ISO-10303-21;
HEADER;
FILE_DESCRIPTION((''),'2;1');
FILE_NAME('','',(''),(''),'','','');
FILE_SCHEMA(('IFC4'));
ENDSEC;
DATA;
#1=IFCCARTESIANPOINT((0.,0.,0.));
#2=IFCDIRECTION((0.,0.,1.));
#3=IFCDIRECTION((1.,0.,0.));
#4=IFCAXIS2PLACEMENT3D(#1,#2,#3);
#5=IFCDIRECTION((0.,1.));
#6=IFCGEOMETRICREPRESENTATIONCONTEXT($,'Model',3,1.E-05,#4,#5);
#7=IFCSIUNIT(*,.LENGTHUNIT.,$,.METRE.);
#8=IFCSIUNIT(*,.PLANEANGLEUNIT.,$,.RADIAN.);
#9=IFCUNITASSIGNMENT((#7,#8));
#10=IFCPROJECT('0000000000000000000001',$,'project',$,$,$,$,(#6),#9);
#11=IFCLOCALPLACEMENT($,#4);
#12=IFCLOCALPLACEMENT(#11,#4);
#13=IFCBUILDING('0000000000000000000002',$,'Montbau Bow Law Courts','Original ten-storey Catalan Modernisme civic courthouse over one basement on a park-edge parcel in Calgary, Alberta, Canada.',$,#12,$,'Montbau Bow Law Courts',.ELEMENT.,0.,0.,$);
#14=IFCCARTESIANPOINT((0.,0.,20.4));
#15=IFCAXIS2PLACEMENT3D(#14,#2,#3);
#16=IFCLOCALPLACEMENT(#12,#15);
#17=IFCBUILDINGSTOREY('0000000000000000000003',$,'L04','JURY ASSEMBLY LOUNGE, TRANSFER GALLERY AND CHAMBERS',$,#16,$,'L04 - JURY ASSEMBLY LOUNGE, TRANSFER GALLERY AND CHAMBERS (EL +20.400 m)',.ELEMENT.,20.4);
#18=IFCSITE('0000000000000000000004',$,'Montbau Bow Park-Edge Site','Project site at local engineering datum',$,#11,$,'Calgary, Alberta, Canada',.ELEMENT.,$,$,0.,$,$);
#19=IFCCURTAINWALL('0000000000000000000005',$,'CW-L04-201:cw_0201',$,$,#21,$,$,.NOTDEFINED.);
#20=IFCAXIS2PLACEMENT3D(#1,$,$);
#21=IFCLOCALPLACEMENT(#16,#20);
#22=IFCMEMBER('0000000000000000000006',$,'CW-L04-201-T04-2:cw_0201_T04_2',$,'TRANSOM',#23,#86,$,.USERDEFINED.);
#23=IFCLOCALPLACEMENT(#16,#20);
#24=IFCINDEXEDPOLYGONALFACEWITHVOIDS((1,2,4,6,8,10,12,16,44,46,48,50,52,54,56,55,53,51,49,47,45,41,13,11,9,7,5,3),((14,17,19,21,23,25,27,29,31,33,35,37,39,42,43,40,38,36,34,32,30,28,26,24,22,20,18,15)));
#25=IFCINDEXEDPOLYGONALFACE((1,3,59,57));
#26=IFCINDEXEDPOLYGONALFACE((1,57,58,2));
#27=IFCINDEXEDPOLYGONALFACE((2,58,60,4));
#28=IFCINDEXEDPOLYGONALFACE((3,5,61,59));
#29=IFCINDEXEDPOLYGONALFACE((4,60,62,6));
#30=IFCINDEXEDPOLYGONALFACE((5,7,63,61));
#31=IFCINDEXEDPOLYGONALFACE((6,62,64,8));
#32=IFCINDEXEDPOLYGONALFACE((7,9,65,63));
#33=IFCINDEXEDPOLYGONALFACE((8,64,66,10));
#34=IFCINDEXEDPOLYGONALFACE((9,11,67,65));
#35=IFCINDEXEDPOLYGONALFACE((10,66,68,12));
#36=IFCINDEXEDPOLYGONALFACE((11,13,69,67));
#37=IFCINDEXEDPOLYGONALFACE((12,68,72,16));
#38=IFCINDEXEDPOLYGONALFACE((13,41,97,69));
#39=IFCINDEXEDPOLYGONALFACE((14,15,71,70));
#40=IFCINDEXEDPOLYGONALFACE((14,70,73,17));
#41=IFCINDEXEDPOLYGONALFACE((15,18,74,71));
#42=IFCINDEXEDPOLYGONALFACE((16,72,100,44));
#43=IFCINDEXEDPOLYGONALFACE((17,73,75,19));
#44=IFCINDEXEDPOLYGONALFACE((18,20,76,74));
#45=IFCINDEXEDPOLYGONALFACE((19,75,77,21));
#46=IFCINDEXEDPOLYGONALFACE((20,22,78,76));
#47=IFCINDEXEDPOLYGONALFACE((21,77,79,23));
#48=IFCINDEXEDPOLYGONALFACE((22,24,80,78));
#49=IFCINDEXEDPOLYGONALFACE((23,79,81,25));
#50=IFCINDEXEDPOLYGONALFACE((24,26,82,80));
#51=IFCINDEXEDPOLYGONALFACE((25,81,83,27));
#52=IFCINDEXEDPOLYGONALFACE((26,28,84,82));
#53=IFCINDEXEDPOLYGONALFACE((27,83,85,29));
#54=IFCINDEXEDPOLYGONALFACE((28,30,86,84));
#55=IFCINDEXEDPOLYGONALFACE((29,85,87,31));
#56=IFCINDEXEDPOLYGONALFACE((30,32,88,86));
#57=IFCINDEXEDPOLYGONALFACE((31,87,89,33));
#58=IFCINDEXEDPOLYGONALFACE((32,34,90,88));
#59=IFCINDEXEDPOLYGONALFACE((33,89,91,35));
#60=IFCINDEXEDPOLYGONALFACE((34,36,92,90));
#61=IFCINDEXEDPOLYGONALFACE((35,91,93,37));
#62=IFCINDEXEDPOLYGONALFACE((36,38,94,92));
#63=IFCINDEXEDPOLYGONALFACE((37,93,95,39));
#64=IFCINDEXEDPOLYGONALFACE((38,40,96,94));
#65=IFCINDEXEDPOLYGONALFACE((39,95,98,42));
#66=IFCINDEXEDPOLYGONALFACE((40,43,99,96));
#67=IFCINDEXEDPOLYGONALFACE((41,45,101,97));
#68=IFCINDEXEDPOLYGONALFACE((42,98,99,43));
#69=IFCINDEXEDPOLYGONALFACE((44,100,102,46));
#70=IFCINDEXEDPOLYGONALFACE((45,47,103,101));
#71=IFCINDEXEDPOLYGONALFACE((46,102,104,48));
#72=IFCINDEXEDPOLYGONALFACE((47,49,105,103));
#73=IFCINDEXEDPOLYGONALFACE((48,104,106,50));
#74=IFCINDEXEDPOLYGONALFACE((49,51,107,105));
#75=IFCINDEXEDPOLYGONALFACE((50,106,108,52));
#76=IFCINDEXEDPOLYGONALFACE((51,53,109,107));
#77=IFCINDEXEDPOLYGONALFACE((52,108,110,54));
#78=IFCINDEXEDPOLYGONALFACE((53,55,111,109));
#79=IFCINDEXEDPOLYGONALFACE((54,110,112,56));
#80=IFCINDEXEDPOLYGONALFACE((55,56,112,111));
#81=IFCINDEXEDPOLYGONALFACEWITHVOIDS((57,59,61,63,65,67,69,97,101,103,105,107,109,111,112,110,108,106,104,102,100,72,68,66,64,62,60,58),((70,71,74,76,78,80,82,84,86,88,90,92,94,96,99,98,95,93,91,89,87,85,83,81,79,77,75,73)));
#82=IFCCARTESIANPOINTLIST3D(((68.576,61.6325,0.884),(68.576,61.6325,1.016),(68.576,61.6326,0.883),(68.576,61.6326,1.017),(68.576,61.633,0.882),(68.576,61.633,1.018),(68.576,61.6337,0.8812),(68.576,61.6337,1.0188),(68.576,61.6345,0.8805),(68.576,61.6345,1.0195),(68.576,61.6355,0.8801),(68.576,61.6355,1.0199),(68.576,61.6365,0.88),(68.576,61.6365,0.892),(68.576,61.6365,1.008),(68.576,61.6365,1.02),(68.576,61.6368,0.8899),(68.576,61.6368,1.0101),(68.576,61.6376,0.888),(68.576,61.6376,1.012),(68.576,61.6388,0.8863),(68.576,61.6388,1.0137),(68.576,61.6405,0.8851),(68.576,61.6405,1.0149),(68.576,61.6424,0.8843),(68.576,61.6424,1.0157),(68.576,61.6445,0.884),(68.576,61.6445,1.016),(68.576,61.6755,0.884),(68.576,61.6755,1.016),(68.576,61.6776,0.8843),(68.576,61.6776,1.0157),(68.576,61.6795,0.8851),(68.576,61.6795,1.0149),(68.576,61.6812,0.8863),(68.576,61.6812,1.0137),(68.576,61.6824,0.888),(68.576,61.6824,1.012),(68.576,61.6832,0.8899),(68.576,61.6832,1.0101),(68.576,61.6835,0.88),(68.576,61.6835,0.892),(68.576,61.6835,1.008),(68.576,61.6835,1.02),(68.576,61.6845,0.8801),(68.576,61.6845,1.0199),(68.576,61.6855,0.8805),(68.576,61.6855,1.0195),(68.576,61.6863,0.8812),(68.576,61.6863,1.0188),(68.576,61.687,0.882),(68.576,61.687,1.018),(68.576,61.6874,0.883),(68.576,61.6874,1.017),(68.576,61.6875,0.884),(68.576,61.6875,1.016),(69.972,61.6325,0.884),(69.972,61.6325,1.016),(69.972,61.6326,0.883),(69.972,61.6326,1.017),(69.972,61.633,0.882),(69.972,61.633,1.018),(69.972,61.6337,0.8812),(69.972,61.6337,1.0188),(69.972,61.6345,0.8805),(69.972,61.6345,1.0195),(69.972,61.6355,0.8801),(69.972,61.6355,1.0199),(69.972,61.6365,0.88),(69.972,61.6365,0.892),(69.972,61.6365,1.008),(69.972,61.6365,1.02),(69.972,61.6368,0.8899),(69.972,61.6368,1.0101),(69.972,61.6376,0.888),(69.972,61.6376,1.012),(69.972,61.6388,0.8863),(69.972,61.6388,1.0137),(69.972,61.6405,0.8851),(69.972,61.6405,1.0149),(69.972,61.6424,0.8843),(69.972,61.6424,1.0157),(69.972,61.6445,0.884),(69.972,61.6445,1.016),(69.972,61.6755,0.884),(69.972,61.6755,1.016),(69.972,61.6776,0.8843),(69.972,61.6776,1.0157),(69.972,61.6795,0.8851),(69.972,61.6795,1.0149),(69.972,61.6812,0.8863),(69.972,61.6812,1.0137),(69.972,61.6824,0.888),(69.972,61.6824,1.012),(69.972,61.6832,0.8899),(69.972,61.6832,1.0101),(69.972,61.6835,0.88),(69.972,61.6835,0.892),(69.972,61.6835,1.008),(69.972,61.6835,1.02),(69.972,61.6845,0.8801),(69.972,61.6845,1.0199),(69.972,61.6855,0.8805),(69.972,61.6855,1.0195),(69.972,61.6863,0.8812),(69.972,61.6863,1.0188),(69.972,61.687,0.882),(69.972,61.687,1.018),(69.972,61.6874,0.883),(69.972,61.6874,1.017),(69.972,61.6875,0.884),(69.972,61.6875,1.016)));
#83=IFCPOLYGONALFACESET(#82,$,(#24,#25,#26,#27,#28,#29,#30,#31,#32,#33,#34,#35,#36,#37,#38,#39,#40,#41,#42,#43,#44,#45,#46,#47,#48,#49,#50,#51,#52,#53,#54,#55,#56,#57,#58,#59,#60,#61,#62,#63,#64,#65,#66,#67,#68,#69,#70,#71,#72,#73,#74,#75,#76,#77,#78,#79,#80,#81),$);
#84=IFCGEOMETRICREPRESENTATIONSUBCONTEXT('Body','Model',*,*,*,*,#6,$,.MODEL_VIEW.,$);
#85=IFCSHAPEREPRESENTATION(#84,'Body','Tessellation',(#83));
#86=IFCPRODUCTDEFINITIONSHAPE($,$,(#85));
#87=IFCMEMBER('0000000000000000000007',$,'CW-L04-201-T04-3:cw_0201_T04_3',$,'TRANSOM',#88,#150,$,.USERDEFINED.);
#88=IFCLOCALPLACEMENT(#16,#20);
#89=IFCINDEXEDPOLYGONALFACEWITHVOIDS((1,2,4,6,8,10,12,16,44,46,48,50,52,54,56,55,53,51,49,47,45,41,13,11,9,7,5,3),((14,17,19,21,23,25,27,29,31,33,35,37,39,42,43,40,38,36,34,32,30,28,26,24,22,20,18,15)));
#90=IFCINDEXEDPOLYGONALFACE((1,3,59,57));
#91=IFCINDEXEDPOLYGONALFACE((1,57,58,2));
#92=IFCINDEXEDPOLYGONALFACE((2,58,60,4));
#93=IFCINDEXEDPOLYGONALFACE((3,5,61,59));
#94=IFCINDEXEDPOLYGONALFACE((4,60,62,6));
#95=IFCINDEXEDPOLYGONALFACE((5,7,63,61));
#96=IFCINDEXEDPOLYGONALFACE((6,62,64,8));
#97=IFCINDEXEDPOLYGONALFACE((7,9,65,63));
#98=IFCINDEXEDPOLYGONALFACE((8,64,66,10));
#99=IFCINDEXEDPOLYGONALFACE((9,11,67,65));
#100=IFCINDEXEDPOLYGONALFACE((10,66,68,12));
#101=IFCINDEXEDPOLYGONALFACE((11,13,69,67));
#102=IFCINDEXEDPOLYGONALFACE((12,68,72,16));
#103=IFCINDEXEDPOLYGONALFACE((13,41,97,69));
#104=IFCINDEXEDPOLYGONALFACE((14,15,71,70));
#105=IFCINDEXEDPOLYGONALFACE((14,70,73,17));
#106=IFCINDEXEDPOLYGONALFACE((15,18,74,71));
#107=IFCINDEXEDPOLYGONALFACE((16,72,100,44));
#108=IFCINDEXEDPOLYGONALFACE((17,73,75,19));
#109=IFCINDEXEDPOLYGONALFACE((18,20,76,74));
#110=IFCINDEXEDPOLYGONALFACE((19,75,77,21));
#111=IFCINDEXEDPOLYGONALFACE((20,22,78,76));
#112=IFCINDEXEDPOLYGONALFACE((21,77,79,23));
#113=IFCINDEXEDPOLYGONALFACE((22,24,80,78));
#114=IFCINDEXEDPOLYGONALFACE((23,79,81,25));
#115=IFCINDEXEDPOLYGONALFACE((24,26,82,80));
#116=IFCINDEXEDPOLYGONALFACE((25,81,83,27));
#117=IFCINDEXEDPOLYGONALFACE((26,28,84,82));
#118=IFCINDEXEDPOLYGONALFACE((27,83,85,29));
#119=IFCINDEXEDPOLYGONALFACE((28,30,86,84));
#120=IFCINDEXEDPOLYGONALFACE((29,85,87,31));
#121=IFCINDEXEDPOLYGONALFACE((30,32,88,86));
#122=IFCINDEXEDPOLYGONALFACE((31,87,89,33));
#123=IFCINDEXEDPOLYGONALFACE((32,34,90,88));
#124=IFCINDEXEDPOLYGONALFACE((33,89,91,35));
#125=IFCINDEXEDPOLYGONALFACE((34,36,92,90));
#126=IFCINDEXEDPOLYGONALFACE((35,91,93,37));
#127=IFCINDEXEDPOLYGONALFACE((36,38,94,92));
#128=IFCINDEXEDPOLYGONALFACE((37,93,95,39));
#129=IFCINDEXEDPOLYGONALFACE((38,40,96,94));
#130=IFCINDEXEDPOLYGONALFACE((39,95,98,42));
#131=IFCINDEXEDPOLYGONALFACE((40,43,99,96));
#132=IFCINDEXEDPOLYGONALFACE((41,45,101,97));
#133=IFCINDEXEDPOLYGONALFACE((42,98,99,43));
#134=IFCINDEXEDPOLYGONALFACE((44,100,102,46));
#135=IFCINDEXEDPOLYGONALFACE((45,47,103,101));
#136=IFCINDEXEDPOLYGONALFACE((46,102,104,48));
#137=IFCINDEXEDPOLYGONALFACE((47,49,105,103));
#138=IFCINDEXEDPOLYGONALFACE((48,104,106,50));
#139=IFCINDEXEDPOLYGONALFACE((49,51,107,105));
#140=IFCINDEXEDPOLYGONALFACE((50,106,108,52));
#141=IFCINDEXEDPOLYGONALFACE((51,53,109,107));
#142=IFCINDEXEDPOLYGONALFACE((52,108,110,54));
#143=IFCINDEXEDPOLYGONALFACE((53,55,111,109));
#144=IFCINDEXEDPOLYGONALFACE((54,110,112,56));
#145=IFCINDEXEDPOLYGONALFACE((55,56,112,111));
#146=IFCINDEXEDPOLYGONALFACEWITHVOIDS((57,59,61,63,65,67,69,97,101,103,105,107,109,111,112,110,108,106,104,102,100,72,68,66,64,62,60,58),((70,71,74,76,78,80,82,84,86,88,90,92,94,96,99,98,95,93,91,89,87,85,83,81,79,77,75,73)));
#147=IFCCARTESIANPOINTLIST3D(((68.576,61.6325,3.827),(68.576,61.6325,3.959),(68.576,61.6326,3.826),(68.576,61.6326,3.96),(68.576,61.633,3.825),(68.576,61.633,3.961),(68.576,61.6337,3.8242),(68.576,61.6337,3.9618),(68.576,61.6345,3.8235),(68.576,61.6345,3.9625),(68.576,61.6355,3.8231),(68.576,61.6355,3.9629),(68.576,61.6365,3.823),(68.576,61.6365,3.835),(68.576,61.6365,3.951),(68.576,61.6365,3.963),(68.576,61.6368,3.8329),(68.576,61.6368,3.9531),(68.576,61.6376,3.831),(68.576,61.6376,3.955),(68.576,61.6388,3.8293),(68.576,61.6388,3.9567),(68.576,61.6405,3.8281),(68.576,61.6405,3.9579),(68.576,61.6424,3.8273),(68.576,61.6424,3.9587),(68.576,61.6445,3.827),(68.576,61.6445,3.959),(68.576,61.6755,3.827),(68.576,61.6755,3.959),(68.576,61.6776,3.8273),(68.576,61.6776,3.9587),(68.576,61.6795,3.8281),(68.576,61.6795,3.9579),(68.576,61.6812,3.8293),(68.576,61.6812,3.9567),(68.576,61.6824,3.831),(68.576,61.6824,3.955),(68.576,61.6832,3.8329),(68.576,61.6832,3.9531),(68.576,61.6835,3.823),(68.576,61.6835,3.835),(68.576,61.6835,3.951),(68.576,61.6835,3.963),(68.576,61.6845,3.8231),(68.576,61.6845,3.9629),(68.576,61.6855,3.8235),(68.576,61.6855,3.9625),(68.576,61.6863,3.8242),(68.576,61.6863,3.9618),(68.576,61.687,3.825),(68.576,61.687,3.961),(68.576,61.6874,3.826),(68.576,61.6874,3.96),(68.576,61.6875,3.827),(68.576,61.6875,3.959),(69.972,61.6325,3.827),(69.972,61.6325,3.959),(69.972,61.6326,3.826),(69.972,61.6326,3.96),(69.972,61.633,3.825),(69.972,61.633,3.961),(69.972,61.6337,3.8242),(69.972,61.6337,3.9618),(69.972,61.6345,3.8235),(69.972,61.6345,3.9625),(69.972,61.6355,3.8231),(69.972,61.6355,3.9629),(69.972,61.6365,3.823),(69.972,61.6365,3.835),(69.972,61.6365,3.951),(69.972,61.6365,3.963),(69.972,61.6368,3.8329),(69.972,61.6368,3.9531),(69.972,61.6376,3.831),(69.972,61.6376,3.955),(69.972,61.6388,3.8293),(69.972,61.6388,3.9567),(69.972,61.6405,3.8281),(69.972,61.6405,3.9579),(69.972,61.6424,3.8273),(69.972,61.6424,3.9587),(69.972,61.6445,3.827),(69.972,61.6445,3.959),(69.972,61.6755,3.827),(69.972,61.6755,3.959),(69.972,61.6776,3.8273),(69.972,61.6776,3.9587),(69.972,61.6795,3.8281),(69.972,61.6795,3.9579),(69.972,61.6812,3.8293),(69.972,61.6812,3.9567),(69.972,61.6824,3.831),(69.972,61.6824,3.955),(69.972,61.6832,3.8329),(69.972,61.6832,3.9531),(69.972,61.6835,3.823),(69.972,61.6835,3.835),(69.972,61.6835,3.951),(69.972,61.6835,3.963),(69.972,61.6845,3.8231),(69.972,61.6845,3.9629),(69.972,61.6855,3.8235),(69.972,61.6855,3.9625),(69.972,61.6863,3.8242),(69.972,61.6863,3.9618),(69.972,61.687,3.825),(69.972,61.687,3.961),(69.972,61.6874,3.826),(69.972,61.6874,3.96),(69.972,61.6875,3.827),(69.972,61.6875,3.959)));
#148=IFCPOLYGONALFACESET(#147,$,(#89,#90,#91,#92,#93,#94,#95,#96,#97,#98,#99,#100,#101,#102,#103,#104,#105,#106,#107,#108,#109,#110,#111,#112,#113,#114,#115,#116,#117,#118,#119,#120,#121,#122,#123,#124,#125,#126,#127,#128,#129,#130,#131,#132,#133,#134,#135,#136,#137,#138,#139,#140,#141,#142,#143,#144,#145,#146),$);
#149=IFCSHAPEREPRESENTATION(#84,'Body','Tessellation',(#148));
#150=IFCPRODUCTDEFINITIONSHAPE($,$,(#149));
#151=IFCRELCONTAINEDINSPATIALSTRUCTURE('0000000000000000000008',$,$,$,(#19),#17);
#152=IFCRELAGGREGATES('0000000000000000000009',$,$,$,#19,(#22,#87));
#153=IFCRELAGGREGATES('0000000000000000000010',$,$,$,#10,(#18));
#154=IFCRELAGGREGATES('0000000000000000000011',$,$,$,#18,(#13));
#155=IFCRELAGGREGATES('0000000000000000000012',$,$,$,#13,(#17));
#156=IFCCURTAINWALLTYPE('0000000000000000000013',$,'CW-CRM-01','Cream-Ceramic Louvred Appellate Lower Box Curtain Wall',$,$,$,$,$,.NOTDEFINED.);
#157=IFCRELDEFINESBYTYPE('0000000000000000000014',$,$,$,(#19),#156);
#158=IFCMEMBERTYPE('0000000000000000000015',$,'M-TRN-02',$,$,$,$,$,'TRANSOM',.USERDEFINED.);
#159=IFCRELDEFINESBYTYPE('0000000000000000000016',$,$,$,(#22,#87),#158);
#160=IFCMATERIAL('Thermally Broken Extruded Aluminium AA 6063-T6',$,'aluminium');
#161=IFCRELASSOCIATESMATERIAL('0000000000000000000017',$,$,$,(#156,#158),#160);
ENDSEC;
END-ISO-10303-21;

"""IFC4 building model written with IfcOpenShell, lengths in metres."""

from ifc_helpers import new_model, si_unit, direction, frame, origin_with_axes, origin_2d_with_axis, place, context, subcontext, project, spatial, hollow_rectangle, extrude, material, material_profile, profile_set, type_object, element, aggregate, save


model = new_model("IFC4")

# Units and contexts
model_context = context("Model", 3, precision=1e-05, world=origin_with_axes(), true_north=direction((0.0, 1.0)))
body_context = subcontext(model_context, "Body", "Model", "MODEL_VIEW")
ifc_project = project(units=[si_unit("LENGTHUNIT", "METRE"), si_unit("PLANEANGLEUNIT", "RADIAN")], contexts=[model_context])

# Site, building, storey
site_placement = place(None, origin_with_axes())
site = spatial("IfcSite", under=ifc_project, at=site_placement, Name="Montbau Bow Park-Edge Site", Description="Project site at local engineering datum", LongName="Calgary, Alberta, Canada", CompositionType="ELEMENT", RefElevation=0.0)
building_placement = place(site_placement, origin_with_axes())
building = spatial("IfcBuilding", under=site, at=building_placement, Name="Montbau Bow Law Courts", Description="Original ten-storey Catalan Modernisme civic courthouse over one basement on a park-edge parcel in Calgary, Alberta, Canada.", LongName="Montbau Bow Law Courts", CompositionType="ELEMENT", ElevationOfRefHeight=0.0, ElevationOfTerrain=0.0)
storey_placement = place(building_placement, frame((0.0, 0.0, 20.4), z_axis=(0.0, 0.0, 1.0), x_axis=(1.0, 0.0, 0.0)))
storey = spatial("IfcBuildingStorey", under=building, at=storey_placement, Name="L04", Description="JURY ASSEMBLY LOUNGE, TRANSFER GALLERY AND CHAMBERS", LongName="L04 - JURY ASSEMBLY LOUNGE, TRANSFER GALLERY AND CHAMBERS (EL +20.400 m)", CompositionType="ELEMENT", Elevation=20.4)

# Curtain wall
ifc_material_1 = material(Name="Thermally Broken Extruded Aluminium AA 6063-T6", Category="aluminium")
curtain_wall_type = type_object("IfcCurtainWallType", Name="CW-CRM-01", Description="Cream-Ceramic Louvred Appellate Lower Box Curtain Wall", PredefinedType="NOTDEFINED", material=ifc_material_1)
curtain_wall_1_placement = place(None, frame((64.115, 61.66, 20.4), z_axis=(0.0, 0.0, 1.0), x_axis=(1.0, 0.0, 0.0)))
curtain_wall_1 = element("IfcCurtainWall", 1, at=curtain_wall_1_placement, inside=storey, type_object=curtain_wall_type, Name="CW-L04-201:cw_0201", PredefinedType="NOTDEFINED")

# Members
ifc_material_profile_1 = material_profile(ifc_material_1, hollow_rectangle(XDim=0.055, YDim=0.14, WallThickness=0.004, InnerFilletRadius=0.008, OuterFilletRadius=0.004, at=origin_2d_with_axis()), Name="CWT-140X55", Category="Main", Priority=0)
ifc_profile_set_1 = profile_set([ifc_material_profile_1], Name="Thermally Broken Extruded Aluminium AA 6063-T6")
member_type_1 = type_object("IfcMemberType", Name="M-TRN-02", ElementType="TRANSOM", PredefinedType="USERDEFINED", material=ifc_profile_set_1)
member_1_placement = place(None, frame((68.576, 61.66, 21.35), z_axis=(1.0, 0.0, 0.0), x_axis=(0.0, 1.0, 0.0)))
member_1 = element("IfcMember", 2, at=member_1_placement, type_object=member_type_1, Name="CW-L04-201-T04-2:cw_0201_T04_2", ObjectType="TRANSOM", PredefinedType="USERDEFINED", context=body_context, shape_type="SweptSolid", body=[
    extrude(hollow_rectangle(XDim=0.055, YDim=0.14, WallThickness=0.004, InnerFilletRadius=0.008, OuterFilletRadius=0.004, at=origin_2d_with_axis()), origin_with_axes(), (0.0, 0.0, 1.0), 1.396),
])
member_2_placement = place(None, frame((68.576, 61.66, 24.293), z_axis=(1.0, 0.0, 0.0), x_axis=(0.0, 1.0, 0.0)))
member_2 = element("IfcMember", 3, at=member_2_placement, type_object=member_type_1, Name="CW-L04-201-T04-3:cw_0201_T04_3", ObjectType="TRANSOM", PredefinedType="USERDEFINED", context=body_context, shape_type="SweptSolid", body=[
    extrude(hollow_rectangle(XDim=0.055, YDim=0.14, WallThickness=0.004, InnerFilletRadius=0.008, OuterFilletRadius=0.004, at=origin_2d_with_axis()), origin_with_axes(), (0.0, 0.0, 1.0), 1.396),
])

aggregate(curtain_wall_1, [member_1, member_2])

save(model, "model.ifc")
